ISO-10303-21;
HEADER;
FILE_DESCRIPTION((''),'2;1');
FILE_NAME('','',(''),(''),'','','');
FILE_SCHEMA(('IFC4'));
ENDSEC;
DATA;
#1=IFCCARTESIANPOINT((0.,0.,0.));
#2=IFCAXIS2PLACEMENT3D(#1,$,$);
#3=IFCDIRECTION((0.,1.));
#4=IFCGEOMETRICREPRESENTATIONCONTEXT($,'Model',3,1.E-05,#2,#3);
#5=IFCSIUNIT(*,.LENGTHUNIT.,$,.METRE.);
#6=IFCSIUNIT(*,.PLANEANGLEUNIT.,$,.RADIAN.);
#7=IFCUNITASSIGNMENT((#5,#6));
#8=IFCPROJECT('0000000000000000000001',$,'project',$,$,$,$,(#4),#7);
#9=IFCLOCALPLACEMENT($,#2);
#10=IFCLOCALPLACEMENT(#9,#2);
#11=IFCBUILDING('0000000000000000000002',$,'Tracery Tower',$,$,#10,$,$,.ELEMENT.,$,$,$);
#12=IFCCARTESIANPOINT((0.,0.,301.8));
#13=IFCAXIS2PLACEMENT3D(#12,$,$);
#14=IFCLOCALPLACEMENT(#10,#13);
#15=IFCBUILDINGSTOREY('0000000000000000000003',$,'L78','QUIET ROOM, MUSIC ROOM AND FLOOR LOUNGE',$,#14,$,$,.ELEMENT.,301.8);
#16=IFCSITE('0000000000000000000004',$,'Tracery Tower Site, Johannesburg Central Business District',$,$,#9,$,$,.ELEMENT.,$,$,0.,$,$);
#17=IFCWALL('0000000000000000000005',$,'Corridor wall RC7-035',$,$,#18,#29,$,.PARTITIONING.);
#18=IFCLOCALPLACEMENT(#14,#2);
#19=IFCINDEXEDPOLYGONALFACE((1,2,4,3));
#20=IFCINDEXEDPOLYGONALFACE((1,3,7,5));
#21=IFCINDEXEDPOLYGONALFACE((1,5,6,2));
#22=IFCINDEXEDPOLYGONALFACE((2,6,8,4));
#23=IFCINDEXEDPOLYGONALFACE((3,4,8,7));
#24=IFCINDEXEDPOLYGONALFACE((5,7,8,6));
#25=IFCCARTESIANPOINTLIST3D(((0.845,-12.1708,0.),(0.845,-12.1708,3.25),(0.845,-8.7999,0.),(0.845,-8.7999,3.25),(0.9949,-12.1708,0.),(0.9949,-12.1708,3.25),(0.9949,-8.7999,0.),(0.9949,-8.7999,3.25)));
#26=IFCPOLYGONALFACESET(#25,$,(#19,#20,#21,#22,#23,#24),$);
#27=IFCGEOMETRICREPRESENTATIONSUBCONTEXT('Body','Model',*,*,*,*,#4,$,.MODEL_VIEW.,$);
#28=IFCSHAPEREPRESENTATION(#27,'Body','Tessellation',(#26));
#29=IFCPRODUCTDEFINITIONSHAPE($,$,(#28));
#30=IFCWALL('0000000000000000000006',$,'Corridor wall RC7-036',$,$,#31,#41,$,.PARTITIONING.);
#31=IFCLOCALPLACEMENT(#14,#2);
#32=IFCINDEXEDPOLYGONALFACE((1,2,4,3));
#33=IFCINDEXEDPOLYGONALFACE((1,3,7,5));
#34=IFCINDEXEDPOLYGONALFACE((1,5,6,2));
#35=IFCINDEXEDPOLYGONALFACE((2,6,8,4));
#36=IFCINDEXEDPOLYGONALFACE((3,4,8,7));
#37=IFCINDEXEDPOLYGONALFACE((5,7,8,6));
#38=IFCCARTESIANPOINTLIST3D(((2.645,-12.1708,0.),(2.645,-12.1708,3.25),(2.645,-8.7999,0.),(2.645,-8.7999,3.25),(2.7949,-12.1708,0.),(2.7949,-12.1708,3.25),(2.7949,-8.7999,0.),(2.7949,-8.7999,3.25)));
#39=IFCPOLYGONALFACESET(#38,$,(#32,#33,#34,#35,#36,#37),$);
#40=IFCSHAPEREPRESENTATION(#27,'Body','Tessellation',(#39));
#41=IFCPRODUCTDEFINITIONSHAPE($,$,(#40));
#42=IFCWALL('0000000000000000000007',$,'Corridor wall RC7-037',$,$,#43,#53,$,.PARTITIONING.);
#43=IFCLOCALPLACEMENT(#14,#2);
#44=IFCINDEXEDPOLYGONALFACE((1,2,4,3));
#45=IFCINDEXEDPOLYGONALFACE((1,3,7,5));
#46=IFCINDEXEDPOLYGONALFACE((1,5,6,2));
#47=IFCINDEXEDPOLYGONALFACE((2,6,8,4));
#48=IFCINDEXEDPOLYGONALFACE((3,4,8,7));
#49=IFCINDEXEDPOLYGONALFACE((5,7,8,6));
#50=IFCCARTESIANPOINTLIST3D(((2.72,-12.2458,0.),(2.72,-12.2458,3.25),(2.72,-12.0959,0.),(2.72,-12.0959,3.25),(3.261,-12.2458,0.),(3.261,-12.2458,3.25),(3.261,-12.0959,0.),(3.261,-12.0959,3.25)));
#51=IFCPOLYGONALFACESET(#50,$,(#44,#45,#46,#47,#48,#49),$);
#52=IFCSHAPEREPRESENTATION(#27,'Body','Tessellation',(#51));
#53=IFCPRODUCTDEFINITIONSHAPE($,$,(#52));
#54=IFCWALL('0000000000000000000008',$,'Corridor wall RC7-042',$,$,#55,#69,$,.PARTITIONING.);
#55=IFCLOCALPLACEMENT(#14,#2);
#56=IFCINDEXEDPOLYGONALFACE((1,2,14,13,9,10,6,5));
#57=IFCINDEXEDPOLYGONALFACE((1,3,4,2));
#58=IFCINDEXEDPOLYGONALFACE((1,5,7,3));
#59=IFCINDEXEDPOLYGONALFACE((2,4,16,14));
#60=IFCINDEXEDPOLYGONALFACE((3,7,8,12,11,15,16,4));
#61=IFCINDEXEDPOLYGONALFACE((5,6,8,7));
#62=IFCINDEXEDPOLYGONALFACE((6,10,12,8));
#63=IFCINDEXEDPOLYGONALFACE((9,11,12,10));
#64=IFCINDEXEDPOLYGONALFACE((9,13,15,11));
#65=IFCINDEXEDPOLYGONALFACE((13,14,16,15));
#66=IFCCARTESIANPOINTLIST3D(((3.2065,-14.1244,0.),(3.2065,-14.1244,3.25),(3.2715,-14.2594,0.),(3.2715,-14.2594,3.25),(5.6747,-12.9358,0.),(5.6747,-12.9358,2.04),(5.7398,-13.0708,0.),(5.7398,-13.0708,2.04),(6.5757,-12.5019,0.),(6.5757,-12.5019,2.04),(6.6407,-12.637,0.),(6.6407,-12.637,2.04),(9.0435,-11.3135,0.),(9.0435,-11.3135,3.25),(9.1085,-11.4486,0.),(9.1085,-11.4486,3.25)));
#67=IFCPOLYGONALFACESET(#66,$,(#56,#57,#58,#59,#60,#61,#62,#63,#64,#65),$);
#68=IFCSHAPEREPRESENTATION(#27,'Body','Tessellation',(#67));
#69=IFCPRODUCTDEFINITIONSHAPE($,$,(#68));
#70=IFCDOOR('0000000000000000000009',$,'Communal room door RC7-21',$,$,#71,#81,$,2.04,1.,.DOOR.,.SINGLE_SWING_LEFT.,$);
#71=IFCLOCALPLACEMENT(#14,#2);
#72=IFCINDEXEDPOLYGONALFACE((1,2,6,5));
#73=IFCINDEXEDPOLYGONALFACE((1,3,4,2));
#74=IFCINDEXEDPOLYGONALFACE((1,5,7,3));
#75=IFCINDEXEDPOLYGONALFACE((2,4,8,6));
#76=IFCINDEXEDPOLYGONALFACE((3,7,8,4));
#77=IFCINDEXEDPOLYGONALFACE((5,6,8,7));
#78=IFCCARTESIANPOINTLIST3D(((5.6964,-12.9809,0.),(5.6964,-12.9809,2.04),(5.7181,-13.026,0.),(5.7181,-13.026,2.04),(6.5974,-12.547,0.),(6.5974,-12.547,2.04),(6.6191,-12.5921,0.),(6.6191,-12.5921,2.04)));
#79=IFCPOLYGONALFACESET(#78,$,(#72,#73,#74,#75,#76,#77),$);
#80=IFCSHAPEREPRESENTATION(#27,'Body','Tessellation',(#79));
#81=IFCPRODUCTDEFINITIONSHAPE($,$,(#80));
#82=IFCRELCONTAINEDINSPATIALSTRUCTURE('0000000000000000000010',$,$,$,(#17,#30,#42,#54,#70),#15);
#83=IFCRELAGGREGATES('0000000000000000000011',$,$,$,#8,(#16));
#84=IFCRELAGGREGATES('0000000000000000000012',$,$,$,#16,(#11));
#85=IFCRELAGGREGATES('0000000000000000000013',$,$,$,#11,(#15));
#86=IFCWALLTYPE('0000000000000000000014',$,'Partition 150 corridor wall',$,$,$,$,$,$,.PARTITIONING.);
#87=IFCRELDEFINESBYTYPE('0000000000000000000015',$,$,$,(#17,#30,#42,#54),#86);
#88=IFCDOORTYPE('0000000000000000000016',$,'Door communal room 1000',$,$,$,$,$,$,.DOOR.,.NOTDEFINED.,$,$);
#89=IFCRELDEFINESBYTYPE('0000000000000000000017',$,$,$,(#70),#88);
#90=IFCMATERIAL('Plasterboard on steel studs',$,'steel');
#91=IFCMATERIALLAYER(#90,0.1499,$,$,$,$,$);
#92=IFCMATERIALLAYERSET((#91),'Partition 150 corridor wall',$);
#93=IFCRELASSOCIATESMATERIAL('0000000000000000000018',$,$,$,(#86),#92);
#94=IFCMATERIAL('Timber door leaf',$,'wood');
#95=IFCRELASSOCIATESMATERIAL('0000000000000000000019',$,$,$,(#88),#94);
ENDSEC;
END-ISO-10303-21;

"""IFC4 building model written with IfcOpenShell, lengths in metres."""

from ifc_helpers import new_model, si_unit, direction, frame, frame_2d, origin, place, context, subcontext, project, spatial, rectangle, extrude, material, layer, layer_set, type_object, element, fill, save


model = new_model("IFC4")

# Units and contexts
model_context = context("Model", 3, precision=1e-05, world=origin(), true_north=direction((0.0, 1.0)))
body_context = subcontext(model_context, "Body", "Model", "MODEL_VIEW")
ifc_project = project(units=[si_unit("LENGTHUNIT", "METRE"), si_unit("PLANEANGLEUNIT", "RADIAN")], contexts=[model_context])

# Site, building, storey
site_placement = place(None, origin())
site = spatial("IfcSite", under=ifc_project, at=site_placement, Name="Tracery Tower Site, Johannesburg Central Business District", CompositionType="ELEMENT", RefElevation=0.0)
building_placement = place(site_placement, origin())
building = spatial("IfcBuilding", under=site, at=building_placement, Name="Tracery Tower", CompositionType="ELEMENT")
storey_placement = place(building_placement, frame((0.0, 0.0, 301.8)))
storey = spatial("IfcBuildingStorey", under=building, at=storey_placement, Name="L78", Description="QUIET ROOM, MUSIC ROOM AND FLOOR LOUNGE", CompositionType="ELEMENT", Elevation=301.8)

# Walls
ifc_material_1 = material(Name="Plasterboard on steel studs", Category="steel")
ifc_layer_1 = layer(ifc_material_1, 0.1499)
ifc_layer_set_1 = layer_set([ifc_layer_1], Name="Partition 150 corridor wall")
wall_type_1 = type_object("IfcWallType", Name="Partition 150 corridor wall", PredefinedType="PARTITIONING", material=ifc_layer_set_1)
for number, where, z_axis, x_axis, name in (
    (1, (0.9199, -12.1709, 0.0), (0.0, 0.0, 1.0), (0.0, 1.0, 0.0), "Corridor wall RC7-035"),
    (2, (2.72, -12.1709, 0.0), (0.0, 0.0, 1.0), (0.0, 1.0, 0.0), "Corridor wall RC7-036"),
):
    element("IfcWall", number, at=place(storey_placement, frame(where, z_axis=z_axis, x_axis=x_axis)), inside=storey, type_object=wall_type_1, Name=name, PredefinedType="PARTITIONING", context=body_context, shape_type="SweptSolid", body=[
        extrude(rectangle(XDim=3.3708, YDim=0.1499, at=frame_2d((1.6855, 0.0))), origin(), (0.0, 0.0, 1.0), 3.25),
    ])
wall_1_placement = place(storey_placement, frame((2.72, -12.1709, 0.0), z_axis=(0.0, 0.0, 1.0), x_axis=(1.0, 0.0, 0.0)))
element("IfcWall", 3, at=wall_1_placement, inside=storey, type_object=wall_type_1, Name="Corridor wall RC7-037", PredefinedType="PARTITIONING", context=body_context, shape_type="SweptSolid", body=[
    extrude(rectangle(XDim=0.541, YDim=0.1499, at=frame_2d((0.2705, 0.0))), origin(), (0.0, 0.0, 1.0), 3.25),
])

# Wall, opening, door
wall_2_placement = place(storey_placement, frame((3.239, -14.1919, 0.0), z_axis=(0.0, 0.0, 1.0), x_axis=(0.900976, 0.433869, 0.0)))
wall_2 = element("IfcWall", 4, at=wall_2_placement, inside=storey, type_object=wall_type_1, Name="Corridor wall RC7-042", PredefinedType="PARTITIONING", context=body_context, shape_type="SweptSolid", body=[
    extrude(rectangle(XDim=6.4785, YDim=0.1499, at=frame_2d((3.2393, 0.0))), origin(), (0.0, 0.0, 1.0), 3.25),
])
opening_1_placement = place(wall_2_placement, frame((2.7395, 0.0, 0.0)))
opening_1 = element("IfcOpeningElement", 5, at=opening_1_placement, cuts=wall_2, PredefinedType="OPENING", context=body_context, shape_type="SweptSolid", body=[
    extrude(rectangle(XDim=1.0, YDim=2.04, at=frame_2d((0.5, 1.02))), frame((0.0, 0.075, 0.0), z_axis=(0.0, -1.0, 0.0), x_axis=(1.0, 0.0, 0.0)), (0.0, 0.0, 1.0), 0.1499),
])
ifc_material_2 = material(Name="Timber door leaf", Category="wood")
door_type_1 = type_object("IfcDoorType", Name="Door communal room 1000", OperationType="NOTDEFINED", PredefinedType="DOOR", material=ifc_material_2)
door_1_placement = place(opening_1_placement, origin())
door_1 = element("IfcDoor", 6, at=door_1_placement, inside=storey, type_object=door_type_1, Name="Communal room door RC7-21", OperationType="SINGLE_SWING_LEFT", OverallHeight=2.04, OverallWidth=1.0, PredefinedType="DOOR", context=body_context, shape_type="SweptSolid", body=[
    extrude(rectangle(XDim=1.0, YDim=2.04, at=frame_2d((0.5, 1.02))), frame((0.0, 0.0249, 0.0), z_axis=(0.0, -1.0, 0.0), x_axis=(1.0, 0.0, 0.0)), (0.0, 0.0, 1.0), 0.05),
])
fill(opening_1, door_1)

save(model, "model.ifc")
